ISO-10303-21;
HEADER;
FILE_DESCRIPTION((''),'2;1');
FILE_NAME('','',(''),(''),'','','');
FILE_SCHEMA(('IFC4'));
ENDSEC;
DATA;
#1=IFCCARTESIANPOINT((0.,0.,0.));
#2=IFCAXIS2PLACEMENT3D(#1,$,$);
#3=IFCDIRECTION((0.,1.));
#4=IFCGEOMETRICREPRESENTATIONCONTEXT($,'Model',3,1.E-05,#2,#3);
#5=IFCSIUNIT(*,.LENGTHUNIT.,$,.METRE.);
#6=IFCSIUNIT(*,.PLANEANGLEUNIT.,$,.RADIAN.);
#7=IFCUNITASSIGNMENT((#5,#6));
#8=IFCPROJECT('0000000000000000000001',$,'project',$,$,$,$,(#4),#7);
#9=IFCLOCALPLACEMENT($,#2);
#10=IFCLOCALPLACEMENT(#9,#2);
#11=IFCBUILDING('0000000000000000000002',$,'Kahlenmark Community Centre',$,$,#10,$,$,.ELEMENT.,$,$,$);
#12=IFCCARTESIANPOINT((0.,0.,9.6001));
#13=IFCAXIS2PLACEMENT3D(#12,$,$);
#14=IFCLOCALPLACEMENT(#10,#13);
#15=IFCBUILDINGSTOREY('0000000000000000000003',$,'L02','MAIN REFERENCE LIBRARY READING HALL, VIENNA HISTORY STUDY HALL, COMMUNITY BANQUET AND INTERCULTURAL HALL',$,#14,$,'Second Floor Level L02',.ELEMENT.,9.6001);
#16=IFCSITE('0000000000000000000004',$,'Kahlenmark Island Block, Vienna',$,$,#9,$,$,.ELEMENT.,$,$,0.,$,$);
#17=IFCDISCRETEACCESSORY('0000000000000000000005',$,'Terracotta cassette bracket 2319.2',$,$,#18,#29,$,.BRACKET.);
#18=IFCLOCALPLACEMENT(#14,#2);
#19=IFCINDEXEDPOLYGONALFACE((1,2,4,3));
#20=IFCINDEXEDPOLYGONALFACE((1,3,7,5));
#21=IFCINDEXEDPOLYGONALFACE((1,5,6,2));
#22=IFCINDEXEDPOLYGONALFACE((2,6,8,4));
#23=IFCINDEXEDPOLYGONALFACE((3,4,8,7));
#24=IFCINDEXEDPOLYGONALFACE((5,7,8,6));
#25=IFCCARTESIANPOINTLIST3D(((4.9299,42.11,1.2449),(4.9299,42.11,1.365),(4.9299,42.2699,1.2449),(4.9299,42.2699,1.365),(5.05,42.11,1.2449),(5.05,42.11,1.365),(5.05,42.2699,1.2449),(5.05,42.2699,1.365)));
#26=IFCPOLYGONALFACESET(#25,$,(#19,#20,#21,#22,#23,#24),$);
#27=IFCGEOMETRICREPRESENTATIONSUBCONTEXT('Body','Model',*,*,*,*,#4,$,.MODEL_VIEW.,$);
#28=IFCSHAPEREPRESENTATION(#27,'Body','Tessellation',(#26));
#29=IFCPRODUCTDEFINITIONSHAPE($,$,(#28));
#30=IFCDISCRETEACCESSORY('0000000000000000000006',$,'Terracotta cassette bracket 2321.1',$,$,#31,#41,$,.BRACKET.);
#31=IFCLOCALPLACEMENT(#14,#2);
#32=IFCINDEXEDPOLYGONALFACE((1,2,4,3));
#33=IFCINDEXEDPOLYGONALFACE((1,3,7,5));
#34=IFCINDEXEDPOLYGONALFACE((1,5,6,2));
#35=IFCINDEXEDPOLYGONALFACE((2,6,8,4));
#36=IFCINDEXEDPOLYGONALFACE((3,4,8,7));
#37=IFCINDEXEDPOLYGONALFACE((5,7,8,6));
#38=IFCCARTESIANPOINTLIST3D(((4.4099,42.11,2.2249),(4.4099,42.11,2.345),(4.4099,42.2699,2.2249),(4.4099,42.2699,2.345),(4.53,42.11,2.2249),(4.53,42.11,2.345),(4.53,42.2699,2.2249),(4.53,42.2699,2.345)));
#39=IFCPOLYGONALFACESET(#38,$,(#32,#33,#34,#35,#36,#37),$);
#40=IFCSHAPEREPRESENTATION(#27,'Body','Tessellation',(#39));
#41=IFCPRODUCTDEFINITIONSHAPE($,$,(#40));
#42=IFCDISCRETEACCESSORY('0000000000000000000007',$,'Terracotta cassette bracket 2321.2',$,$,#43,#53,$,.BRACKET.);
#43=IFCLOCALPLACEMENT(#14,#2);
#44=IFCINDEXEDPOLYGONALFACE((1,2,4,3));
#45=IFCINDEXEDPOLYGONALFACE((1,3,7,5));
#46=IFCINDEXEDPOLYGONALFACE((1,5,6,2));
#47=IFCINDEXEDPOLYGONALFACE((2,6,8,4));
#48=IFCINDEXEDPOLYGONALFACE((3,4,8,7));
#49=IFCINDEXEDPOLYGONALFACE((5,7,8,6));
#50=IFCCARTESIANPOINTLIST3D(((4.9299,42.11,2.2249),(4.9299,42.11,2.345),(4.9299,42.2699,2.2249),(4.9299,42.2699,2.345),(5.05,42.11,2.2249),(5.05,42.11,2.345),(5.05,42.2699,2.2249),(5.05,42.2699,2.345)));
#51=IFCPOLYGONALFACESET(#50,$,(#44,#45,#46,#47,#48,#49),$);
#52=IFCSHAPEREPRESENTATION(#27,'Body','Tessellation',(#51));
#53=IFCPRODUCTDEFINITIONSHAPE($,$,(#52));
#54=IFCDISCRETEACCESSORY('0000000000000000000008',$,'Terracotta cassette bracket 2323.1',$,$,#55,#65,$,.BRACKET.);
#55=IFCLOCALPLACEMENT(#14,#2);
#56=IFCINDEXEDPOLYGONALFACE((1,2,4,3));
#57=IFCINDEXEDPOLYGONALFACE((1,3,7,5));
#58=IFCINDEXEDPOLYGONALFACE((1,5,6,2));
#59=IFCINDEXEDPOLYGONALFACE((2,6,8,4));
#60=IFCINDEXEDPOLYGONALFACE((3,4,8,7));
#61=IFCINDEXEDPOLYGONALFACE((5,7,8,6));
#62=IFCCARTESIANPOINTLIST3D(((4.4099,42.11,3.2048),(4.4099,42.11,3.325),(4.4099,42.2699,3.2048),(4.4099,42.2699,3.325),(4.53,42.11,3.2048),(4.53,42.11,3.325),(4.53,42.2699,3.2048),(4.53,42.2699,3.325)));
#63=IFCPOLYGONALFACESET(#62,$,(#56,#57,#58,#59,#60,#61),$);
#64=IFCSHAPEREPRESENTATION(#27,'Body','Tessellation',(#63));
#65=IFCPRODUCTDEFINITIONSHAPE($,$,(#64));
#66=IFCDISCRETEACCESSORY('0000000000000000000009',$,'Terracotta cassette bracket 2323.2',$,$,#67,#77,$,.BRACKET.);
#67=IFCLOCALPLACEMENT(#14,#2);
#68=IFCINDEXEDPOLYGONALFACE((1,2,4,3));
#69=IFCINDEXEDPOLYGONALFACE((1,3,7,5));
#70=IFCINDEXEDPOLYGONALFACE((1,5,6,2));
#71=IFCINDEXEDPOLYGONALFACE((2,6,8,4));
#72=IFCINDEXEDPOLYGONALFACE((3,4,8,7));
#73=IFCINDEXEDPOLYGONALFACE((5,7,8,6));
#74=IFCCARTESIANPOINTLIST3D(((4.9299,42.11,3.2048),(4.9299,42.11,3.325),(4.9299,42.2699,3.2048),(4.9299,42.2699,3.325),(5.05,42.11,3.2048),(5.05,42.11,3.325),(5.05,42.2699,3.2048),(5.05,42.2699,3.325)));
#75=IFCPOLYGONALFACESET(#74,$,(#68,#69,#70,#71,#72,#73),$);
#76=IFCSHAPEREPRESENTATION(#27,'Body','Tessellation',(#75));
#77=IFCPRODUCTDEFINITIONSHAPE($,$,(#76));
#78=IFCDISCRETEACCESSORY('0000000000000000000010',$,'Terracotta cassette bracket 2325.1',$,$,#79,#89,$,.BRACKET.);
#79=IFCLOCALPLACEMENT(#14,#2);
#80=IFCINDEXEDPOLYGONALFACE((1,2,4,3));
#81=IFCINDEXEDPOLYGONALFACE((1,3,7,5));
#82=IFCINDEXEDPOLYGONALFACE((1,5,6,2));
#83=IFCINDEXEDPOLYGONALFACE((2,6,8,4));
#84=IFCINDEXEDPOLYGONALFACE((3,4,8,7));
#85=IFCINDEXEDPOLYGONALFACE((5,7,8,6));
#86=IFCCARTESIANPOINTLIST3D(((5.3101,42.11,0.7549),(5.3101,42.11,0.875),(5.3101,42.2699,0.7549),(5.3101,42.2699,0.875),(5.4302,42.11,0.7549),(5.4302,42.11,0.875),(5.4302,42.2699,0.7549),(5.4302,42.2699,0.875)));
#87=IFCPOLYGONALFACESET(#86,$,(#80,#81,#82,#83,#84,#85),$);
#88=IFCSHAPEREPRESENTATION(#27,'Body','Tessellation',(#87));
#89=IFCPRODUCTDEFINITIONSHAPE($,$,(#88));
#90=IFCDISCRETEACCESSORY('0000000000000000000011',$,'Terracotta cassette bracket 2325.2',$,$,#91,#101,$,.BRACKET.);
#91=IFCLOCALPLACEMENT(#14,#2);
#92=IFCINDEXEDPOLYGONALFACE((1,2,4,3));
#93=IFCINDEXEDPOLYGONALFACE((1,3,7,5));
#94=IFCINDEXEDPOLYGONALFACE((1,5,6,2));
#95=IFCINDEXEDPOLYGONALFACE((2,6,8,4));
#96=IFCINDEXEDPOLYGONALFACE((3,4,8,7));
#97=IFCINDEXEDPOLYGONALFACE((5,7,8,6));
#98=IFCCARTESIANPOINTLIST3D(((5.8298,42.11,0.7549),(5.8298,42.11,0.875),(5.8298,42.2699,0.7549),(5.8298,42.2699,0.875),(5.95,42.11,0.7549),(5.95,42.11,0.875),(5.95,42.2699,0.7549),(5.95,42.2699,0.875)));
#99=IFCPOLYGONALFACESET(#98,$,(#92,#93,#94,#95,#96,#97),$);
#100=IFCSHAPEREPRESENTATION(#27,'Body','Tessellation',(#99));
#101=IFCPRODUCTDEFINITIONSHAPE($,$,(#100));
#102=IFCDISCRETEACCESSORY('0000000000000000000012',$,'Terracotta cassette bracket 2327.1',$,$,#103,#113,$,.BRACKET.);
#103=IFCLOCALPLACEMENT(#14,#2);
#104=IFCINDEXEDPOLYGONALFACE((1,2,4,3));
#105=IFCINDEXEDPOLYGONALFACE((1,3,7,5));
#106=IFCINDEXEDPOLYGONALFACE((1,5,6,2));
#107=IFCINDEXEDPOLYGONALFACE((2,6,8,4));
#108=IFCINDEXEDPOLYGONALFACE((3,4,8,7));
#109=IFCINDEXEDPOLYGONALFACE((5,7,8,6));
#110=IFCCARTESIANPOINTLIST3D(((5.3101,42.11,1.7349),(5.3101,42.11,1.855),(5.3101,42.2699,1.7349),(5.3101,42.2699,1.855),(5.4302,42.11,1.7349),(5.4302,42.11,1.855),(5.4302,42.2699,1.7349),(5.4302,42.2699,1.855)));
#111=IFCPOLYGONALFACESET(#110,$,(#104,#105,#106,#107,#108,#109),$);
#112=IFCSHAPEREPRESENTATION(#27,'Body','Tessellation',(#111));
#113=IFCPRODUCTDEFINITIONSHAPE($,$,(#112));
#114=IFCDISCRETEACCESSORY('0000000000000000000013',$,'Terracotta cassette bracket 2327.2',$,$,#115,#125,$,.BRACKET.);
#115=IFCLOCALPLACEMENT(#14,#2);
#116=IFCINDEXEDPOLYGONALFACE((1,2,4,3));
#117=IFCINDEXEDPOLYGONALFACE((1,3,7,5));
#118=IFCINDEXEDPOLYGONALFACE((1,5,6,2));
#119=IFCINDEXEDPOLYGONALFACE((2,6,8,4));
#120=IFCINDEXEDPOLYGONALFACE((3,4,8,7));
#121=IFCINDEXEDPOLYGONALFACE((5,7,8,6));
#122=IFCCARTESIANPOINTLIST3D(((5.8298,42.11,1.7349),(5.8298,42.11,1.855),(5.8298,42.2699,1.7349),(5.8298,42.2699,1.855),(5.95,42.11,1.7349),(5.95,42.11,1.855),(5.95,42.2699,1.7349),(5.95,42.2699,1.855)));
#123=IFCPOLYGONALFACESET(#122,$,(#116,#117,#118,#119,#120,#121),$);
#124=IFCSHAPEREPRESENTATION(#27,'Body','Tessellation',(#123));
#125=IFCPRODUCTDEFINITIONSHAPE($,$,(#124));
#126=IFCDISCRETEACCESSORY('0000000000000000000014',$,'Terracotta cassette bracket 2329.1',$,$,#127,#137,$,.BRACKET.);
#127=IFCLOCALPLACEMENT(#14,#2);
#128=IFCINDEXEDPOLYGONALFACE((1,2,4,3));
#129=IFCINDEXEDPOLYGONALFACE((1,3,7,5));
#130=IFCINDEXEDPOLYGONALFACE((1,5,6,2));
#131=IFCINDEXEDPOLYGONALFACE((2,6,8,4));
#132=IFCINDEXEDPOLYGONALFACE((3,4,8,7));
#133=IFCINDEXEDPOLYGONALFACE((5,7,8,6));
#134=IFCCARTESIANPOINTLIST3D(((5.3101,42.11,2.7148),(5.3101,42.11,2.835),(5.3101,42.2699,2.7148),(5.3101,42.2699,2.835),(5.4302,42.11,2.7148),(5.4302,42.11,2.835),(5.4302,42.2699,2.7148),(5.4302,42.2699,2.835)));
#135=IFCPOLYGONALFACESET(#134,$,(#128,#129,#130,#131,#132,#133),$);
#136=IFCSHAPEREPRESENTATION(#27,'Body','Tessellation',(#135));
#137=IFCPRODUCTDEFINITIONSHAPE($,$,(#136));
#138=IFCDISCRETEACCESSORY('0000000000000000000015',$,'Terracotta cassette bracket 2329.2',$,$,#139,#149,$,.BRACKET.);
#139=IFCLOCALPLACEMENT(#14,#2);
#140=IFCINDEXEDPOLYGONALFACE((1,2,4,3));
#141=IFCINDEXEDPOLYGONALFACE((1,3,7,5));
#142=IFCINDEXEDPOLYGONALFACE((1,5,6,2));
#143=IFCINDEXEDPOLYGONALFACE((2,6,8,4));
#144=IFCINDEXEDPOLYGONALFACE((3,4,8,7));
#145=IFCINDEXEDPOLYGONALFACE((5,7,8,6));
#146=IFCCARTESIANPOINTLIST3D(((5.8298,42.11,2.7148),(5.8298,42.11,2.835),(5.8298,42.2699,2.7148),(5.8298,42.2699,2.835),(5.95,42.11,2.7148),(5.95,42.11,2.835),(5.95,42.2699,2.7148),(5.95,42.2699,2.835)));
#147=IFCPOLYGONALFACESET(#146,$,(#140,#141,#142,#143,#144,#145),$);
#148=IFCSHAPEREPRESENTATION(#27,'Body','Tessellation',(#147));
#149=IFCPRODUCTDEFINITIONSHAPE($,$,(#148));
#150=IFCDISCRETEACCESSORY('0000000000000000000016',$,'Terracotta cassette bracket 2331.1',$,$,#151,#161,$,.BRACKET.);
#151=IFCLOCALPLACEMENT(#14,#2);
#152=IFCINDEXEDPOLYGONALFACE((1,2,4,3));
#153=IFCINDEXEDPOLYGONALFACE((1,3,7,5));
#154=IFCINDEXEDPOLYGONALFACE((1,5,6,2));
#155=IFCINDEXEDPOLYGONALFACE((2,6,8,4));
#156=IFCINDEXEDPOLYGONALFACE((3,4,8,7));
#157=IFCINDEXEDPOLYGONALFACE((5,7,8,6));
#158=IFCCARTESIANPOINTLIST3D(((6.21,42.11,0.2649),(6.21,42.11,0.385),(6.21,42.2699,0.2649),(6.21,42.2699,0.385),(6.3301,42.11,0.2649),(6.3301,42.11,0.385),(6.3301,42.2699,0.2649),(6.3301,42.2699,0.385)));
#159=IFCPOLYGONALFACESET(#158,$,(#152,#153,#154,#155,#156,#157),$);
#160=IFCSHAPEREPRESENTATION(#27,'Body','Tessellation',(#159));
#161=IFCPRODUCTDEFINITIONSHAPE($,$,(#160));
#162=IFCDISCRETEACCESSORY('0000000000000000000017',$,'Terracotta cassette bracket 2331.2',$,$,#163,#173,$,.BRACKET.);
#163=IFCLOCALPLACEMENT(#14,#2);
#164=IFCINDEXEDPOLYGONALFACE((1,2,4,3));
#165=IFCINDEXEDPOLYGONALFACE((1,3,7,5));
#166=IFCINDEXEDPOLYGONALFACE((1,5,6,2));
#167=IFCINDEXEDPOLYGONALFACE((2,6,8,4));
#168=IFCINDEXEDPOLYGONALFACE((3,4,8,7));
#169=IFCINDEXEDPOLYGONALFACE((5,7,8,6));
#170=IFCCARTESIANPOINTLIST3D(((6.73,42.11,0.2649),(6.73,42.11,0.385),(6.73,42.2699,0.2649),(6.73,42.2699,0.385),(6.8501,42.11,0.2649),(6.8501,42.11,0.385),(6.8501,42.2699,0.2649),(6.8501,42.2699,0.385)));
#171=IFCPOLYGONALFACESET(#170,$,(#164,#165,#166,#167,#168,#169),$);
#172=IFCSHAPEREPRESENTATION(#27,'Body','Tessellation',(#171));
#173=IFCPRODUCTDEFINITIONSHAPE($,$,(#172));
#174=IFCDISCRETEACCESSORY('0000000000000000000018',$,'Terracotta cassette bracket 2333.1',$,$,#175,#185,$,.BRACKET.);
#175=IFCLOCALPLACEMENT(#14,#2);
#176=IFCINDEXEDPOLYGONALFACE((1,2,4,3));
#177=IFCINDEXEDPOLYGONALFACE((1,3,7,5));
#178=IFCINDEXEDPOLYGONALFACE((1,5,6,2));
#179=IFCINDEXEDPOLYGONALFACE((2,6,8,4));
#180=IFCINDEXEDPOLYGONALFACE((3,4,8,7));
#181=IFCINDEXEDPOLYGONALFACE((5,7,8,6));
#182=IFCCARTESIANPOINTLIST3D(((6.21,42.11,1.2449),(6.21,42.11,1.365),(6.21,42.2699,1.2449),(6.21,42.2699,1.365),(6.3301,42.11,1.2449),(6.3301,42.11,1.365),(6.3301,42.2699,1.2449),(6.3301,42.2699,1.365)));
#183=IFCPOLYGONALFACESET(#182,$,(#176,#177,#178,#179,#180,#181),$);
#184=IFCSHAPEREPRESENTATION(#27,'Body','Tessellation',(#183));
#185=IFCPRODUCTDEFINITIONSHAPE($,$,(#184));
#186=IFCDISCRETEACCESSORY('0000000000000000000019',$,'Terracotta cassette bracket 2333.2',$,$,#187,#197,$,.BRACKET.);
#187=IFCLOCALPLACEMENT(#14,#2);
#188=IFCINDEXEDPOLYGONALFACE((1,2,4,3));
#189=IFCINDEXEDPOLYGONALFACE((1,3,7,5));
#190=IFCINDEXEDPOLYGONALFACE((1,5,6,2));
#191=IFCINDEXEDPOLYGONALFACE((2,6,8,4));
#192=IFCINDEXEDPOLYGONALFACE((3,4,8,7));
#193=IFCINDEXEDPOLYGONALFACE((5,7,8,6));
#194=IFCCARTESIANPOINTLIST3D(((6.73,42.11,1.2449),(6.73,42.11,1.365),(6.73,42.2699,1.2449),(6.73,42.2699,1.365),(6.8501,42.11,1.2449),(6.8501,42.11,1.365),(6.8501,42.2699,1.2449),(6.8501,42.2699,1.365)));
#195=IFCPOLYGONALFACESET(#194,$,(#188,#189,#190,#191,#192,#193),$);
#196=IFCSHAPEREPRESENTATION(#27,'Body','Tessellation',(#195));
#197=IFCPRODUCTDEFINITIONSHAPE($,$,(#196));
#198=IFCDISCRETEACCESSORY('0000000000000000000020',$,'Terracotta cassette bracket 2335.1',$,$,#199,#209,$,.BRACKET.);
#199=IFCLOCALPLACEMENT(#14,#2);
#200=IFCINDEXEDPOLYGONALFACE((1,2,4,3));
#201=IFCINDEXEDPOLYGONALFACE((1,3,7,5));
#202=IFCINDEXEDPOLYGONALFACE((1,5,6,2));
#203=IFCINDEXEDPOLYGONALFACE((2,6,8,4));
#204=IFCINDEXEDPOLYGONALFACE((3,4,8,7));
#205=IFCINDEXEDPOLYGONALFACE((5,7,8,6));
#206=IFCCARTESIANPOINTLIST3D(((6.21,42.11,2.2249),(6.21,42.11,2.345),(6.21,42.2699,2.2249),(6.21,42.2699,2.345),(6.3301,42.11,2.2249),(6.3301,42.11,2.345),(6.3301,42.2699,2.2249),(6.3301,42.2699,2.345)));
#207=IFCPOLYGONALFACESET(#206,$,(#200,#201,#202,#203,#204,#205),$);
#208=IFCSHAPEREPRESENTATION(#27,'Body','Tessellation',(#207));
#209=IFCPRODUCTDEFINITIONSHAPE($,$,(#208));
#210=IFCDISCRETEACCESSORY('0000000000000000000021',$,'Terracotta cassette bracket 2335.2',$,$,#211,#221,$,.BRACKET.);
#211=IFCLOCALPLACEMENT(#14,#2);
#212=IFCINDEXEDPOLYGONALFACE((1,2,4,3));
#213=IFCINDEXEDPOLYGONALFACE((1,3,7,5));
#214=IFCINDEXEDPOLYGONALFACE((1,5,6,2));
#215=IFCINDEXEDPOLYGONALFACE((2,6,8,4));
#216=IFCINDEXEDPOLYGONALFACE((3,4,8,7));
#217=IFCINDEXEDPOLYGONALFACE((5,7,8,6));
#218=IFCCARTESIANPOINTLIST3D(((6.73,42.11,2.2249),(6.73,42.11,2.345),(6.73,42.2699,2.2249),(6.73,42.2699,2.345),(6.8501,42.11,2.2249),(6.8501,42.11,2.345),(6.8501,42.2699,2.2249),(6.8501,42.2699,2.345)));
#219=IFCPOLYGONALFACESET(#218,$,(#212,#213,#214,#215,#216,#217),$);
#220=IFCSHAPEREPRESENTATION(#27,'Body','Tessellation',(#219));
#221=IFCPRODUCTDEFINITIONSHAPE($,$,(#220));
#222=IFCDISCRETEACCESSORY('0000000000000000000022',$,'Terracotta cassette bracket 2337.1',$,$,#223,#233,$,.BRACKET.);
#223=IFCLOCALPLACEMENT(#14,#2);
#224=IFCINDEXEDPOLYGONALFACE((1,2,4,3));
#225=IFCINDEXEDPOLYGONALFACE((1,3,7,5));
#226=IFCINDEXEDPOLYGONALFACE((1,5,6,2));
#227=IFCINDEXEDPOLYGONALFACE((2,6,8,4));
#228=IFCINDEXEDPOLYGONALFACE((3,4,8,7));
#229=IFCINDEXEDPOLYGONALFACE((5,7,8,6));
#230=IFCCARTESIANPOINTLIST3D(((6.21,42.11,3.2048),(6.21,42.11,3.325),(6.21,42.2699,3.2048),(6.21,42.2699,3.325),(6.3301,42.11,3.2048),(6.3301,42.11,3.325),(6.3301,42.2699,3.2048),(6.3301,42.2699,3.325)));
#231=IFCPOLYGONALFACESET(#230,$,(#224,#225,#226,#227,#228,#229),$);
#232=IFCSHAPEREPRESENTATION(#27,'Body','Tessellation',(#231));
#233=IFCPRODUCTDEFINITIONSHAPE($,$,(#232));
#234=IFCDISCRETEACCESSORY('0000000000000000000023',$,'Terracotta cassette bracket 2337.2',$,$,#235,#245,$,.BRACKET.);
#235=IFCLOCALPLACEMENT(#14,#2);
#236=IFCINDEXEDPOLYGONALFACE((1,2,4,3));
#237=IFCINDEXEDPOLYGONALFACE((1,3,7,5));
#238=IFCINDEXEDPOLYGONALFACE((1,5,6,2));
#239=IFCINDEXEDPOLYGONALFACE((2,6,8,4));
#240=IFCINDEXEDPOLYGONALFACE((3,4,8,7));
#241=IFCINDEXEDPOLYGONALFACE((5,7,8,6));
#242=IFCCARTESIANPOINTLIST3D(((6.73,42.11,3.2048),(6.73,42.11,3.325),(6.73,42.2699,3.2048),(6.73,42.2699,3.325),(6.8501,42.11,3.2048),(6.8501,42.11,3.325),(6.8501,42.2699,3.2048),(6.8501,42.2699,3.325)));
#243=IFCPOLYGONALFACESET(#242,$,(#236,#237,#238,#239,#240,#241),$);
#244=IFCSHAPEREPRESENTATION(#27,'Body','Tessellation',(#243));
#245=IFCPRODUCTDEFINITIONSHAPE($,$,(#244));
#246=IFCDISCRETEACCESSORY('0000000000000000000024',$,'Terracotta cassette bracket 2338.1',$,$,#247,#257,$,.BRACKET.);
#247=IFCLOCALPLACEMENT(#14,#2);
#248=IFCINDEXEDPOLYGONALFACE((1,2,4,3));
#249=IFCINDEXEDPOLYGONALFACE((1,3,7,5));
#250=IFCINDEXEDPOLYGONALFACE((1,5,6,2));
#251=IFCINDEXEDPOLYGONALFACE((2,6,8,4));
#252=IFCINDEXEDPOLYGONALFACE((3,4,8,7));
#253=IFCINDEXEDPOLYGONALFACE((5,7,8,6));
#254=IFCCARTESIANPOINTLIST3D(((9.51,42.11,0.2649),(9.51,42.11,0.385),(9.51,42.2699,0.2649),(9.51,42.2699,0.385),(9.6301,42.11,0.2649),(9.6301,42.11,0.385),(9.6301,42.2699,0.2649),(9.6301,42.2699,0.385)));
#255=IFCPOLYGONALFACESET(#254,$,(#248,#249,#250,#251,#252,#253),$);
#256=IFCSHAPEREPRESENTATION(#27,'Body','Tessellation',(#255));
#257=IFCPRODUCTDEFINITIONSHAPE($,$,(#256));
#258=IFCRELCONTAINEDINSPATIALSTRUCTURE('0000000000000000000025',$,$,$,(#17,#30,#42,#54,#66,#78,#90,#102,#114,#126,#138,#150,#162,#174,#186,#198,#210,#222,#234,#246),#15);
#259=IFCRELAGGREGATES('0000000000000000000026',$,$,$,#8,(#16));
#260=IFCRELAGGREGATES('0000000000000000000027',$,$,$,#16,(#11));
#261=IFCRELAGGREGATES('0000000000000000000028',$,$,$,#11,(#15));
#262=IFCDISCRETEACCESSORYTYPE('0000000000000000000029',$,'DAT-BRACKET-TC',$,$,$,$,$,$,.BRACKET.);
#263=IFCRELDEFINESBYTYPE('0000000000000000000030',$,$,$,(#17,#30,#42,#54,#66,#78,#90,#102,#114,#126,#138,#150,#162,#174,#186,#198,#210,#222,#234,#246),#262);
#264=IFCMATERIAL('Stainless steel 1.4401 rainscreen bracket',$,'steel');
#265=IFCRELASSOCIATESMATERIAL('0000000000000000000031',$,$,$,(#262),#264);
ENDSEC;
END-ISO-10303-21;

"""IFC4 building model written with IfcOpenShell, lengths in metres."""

from ifc_helpers import new_model, si_unit, direction, frame, origin, origin_2d, place, context, subcontext, project, spatial, rectangle, extrude, material, type_object, element, save


model = new_model("IFC4")

# Units and contexts
model_context = context("Model", 3, precision=1e-05, world=origin(), true_north=direction((0.0, 1.0)))
body_context = subcontext(model_context, "Body", "Model", "MODEL_VIEW")
ifc_project = project(units=[si_unit("LENGTHUNIT", "METRE"), si_unit("PLANEANGLEUNIT", "RADIAN")], contexts=[model_context])

# Site, building, storey
site_placement = place(None, origin())
site = spatial("IfcSite", under=ifc_project, at=site_placement, Name="Kahlenmark Island Block, Vienna", CompositionType="ELEMENT", RefElevation=0.0)
building_placement = place(site_placement, origin())
building = spatial("IfcBuilding", under=site, at=building_placement, Name="Kahlenmark Community Centre", CompositionType="ELEMENT")
storey_placement = place(building_placement, frame((0.0, 0.0, 9.6001)))
storey = spatial("IfcBuildingStorey", under=building, at=storey_placement, Name="L02", Description="MAIN REFERENCE LIBRARY READING HALL, VIENNA HISTORY STUDY HALL, COMMUNITY BANQUET AND INTERCULTURAL HALL", LongName="Second Floor Level L02", CompositionType="ELEMENT", Elevation=9.6001)

# Discrete accessories
ifc_material_1 = material(Name="Stainless steel 1.4401 rainscreen bracket", Category="steel")
discrete_accessory_type = type_object("IfcDiscreteAccessoryType", Name="DAT-BRACKET-TC", PredefinedType="BRACKET", material=ifc_material_1)
for number, where, z_axis, x_axis, name in (
    (1, (4.99, 42.1899, 1.2449), (0.0, 0.0, 1.0), (1.0, 0.0, 0.0), "Terracotta cassette bracket 2319.2"),
    (2, (4.47, 42.1899, 2.2249), (0.0, 0.0, 1.0), (1.0, 0.0, 0.0), "Terracotta cassette bracket 2321.1"),
    (3, (4.99, 42.1899, 2.2249), (0.0, 0.0, 1.0), (1.0, 0.0, 0.0), "Terracotta cassette bracket 2321.2"),
    (4, (4.47, 42.1899, 3.2048), (0.0, 0.0, 1.0), (1.0, 0.0, 0.0), "Terracotta cassette bracket 2323.1"),
    (5, (4.99, 42.1899, 3.2048), (0.0, 0.0, 1.0), (1.0, 0.0, 0.0), "Terracotta cassette bracket 2323.2"),
    (6, (5.3701, 42.1899, 0.7549), (0.0, 0.0, 1.0), (1.0, 0.0, 0.0), "Terracotta cassette bracket 2325.1"),
    (7, (5.8899, 42.1899, 0.7549), (0.0, 0.0, 1.0), (1.0, 0.0, 0.0), "Terracotta cassette bracket 2325.2"),
    (8, (5.3701, 42.1899, 1.7349), (0.0, 0.0, 1.0), (1.0, 0.0, 0.0), "Terracotta cassette bracket 2327.1"),
    (9, (5.8899, 42.1899, 1.7349), (0.0, 0.0, 1.0), (1.0, 0.0, 0.0), "Terracotta cassette bracket 2327.2"),
    (10, (5.3701, 42.1899, 2.7148), (0.0, 0.0, 1.0), (1.0, 0.0, 0.0), "Terracotta cassette bracket 2329.1"),
    (11, (5.8899, 42.1899, 2.7148), (0.0, 0.0, 1.0), (1.0, 0.0, 0.0), "Terracotta cassette bracket 2329.2"),
    (12, (6.27, 42.1899, 0.2649), (0.0, 0.0, 1.0), (1.0, 0.0, 0.0), "Terracotta cassette bracket 2331.1"),
    (13, (6.79, 42.1899, 0.2649), (0.0, 0.0, 1.0), (1.0, 0.0, 0.0), "Terracotta cassette bracket 2331.2"),
    (14, (6.27, 42.1899, 1.2449), (0.0, 0.0, 1.0), (1.0, 0.0, 0.0), "Terracotta cassette bracket 2333.1"),
    (15, (6.79, 42.1899, 1.2449), (0.0, 0.0, 1.0), (1.0, 0.0, 0.0), "Terracotta cassette bracket 2333.2"),
    (16, (6.27, 42.1899, 2.2249), (0.0, 0.0, 1.0), (1.0, 0.0, 0.0), "Terracotta cassette bracket 2335.1"),
    (17, (6.79, 42.1899, 2.2249), (0.0, 0.0, 1.0), (1.0, 0.0, 0.0), "Terracotta cassette bracket 2335.2"),
    (18, (6.27, 42.1899, 3.2048), (0.0, 0.0, 1.0), (1.0, 0.0, 0.0), "Terracotta cassette bracket 2337.1"),
    (19, (6.79, 42.1899, 3.2048), (0.0, 0.0, 1.0), (1.0, 0.0, 0.0), "Terracotta cassette bracket 2337.2"),
    (20, (9.5701, 42.1899, 0.2649), (0.0, 0.0, 1.0), (1.0, 0.0, 0.0), "Terracotta cassette bracket 2338.1"),
):
    element("IfcDiscreteAccessory", number, at=place(storey_placement, frame(where, z_axis=z_axis, x_axis=x_axis)), inside=storey, type_object=discrete_accessory_type, Name=name, PredefinedType="BRACKET", context=body_context, shape_type="SweptSolid", body=[
        extrude(rectangle(XDim=0.1201, YDim=0.1599, at=origin_2d()), origin(), (0.0, 0.0, 1.0), 0.1201),
    ])

save(model, "model.ifc")
